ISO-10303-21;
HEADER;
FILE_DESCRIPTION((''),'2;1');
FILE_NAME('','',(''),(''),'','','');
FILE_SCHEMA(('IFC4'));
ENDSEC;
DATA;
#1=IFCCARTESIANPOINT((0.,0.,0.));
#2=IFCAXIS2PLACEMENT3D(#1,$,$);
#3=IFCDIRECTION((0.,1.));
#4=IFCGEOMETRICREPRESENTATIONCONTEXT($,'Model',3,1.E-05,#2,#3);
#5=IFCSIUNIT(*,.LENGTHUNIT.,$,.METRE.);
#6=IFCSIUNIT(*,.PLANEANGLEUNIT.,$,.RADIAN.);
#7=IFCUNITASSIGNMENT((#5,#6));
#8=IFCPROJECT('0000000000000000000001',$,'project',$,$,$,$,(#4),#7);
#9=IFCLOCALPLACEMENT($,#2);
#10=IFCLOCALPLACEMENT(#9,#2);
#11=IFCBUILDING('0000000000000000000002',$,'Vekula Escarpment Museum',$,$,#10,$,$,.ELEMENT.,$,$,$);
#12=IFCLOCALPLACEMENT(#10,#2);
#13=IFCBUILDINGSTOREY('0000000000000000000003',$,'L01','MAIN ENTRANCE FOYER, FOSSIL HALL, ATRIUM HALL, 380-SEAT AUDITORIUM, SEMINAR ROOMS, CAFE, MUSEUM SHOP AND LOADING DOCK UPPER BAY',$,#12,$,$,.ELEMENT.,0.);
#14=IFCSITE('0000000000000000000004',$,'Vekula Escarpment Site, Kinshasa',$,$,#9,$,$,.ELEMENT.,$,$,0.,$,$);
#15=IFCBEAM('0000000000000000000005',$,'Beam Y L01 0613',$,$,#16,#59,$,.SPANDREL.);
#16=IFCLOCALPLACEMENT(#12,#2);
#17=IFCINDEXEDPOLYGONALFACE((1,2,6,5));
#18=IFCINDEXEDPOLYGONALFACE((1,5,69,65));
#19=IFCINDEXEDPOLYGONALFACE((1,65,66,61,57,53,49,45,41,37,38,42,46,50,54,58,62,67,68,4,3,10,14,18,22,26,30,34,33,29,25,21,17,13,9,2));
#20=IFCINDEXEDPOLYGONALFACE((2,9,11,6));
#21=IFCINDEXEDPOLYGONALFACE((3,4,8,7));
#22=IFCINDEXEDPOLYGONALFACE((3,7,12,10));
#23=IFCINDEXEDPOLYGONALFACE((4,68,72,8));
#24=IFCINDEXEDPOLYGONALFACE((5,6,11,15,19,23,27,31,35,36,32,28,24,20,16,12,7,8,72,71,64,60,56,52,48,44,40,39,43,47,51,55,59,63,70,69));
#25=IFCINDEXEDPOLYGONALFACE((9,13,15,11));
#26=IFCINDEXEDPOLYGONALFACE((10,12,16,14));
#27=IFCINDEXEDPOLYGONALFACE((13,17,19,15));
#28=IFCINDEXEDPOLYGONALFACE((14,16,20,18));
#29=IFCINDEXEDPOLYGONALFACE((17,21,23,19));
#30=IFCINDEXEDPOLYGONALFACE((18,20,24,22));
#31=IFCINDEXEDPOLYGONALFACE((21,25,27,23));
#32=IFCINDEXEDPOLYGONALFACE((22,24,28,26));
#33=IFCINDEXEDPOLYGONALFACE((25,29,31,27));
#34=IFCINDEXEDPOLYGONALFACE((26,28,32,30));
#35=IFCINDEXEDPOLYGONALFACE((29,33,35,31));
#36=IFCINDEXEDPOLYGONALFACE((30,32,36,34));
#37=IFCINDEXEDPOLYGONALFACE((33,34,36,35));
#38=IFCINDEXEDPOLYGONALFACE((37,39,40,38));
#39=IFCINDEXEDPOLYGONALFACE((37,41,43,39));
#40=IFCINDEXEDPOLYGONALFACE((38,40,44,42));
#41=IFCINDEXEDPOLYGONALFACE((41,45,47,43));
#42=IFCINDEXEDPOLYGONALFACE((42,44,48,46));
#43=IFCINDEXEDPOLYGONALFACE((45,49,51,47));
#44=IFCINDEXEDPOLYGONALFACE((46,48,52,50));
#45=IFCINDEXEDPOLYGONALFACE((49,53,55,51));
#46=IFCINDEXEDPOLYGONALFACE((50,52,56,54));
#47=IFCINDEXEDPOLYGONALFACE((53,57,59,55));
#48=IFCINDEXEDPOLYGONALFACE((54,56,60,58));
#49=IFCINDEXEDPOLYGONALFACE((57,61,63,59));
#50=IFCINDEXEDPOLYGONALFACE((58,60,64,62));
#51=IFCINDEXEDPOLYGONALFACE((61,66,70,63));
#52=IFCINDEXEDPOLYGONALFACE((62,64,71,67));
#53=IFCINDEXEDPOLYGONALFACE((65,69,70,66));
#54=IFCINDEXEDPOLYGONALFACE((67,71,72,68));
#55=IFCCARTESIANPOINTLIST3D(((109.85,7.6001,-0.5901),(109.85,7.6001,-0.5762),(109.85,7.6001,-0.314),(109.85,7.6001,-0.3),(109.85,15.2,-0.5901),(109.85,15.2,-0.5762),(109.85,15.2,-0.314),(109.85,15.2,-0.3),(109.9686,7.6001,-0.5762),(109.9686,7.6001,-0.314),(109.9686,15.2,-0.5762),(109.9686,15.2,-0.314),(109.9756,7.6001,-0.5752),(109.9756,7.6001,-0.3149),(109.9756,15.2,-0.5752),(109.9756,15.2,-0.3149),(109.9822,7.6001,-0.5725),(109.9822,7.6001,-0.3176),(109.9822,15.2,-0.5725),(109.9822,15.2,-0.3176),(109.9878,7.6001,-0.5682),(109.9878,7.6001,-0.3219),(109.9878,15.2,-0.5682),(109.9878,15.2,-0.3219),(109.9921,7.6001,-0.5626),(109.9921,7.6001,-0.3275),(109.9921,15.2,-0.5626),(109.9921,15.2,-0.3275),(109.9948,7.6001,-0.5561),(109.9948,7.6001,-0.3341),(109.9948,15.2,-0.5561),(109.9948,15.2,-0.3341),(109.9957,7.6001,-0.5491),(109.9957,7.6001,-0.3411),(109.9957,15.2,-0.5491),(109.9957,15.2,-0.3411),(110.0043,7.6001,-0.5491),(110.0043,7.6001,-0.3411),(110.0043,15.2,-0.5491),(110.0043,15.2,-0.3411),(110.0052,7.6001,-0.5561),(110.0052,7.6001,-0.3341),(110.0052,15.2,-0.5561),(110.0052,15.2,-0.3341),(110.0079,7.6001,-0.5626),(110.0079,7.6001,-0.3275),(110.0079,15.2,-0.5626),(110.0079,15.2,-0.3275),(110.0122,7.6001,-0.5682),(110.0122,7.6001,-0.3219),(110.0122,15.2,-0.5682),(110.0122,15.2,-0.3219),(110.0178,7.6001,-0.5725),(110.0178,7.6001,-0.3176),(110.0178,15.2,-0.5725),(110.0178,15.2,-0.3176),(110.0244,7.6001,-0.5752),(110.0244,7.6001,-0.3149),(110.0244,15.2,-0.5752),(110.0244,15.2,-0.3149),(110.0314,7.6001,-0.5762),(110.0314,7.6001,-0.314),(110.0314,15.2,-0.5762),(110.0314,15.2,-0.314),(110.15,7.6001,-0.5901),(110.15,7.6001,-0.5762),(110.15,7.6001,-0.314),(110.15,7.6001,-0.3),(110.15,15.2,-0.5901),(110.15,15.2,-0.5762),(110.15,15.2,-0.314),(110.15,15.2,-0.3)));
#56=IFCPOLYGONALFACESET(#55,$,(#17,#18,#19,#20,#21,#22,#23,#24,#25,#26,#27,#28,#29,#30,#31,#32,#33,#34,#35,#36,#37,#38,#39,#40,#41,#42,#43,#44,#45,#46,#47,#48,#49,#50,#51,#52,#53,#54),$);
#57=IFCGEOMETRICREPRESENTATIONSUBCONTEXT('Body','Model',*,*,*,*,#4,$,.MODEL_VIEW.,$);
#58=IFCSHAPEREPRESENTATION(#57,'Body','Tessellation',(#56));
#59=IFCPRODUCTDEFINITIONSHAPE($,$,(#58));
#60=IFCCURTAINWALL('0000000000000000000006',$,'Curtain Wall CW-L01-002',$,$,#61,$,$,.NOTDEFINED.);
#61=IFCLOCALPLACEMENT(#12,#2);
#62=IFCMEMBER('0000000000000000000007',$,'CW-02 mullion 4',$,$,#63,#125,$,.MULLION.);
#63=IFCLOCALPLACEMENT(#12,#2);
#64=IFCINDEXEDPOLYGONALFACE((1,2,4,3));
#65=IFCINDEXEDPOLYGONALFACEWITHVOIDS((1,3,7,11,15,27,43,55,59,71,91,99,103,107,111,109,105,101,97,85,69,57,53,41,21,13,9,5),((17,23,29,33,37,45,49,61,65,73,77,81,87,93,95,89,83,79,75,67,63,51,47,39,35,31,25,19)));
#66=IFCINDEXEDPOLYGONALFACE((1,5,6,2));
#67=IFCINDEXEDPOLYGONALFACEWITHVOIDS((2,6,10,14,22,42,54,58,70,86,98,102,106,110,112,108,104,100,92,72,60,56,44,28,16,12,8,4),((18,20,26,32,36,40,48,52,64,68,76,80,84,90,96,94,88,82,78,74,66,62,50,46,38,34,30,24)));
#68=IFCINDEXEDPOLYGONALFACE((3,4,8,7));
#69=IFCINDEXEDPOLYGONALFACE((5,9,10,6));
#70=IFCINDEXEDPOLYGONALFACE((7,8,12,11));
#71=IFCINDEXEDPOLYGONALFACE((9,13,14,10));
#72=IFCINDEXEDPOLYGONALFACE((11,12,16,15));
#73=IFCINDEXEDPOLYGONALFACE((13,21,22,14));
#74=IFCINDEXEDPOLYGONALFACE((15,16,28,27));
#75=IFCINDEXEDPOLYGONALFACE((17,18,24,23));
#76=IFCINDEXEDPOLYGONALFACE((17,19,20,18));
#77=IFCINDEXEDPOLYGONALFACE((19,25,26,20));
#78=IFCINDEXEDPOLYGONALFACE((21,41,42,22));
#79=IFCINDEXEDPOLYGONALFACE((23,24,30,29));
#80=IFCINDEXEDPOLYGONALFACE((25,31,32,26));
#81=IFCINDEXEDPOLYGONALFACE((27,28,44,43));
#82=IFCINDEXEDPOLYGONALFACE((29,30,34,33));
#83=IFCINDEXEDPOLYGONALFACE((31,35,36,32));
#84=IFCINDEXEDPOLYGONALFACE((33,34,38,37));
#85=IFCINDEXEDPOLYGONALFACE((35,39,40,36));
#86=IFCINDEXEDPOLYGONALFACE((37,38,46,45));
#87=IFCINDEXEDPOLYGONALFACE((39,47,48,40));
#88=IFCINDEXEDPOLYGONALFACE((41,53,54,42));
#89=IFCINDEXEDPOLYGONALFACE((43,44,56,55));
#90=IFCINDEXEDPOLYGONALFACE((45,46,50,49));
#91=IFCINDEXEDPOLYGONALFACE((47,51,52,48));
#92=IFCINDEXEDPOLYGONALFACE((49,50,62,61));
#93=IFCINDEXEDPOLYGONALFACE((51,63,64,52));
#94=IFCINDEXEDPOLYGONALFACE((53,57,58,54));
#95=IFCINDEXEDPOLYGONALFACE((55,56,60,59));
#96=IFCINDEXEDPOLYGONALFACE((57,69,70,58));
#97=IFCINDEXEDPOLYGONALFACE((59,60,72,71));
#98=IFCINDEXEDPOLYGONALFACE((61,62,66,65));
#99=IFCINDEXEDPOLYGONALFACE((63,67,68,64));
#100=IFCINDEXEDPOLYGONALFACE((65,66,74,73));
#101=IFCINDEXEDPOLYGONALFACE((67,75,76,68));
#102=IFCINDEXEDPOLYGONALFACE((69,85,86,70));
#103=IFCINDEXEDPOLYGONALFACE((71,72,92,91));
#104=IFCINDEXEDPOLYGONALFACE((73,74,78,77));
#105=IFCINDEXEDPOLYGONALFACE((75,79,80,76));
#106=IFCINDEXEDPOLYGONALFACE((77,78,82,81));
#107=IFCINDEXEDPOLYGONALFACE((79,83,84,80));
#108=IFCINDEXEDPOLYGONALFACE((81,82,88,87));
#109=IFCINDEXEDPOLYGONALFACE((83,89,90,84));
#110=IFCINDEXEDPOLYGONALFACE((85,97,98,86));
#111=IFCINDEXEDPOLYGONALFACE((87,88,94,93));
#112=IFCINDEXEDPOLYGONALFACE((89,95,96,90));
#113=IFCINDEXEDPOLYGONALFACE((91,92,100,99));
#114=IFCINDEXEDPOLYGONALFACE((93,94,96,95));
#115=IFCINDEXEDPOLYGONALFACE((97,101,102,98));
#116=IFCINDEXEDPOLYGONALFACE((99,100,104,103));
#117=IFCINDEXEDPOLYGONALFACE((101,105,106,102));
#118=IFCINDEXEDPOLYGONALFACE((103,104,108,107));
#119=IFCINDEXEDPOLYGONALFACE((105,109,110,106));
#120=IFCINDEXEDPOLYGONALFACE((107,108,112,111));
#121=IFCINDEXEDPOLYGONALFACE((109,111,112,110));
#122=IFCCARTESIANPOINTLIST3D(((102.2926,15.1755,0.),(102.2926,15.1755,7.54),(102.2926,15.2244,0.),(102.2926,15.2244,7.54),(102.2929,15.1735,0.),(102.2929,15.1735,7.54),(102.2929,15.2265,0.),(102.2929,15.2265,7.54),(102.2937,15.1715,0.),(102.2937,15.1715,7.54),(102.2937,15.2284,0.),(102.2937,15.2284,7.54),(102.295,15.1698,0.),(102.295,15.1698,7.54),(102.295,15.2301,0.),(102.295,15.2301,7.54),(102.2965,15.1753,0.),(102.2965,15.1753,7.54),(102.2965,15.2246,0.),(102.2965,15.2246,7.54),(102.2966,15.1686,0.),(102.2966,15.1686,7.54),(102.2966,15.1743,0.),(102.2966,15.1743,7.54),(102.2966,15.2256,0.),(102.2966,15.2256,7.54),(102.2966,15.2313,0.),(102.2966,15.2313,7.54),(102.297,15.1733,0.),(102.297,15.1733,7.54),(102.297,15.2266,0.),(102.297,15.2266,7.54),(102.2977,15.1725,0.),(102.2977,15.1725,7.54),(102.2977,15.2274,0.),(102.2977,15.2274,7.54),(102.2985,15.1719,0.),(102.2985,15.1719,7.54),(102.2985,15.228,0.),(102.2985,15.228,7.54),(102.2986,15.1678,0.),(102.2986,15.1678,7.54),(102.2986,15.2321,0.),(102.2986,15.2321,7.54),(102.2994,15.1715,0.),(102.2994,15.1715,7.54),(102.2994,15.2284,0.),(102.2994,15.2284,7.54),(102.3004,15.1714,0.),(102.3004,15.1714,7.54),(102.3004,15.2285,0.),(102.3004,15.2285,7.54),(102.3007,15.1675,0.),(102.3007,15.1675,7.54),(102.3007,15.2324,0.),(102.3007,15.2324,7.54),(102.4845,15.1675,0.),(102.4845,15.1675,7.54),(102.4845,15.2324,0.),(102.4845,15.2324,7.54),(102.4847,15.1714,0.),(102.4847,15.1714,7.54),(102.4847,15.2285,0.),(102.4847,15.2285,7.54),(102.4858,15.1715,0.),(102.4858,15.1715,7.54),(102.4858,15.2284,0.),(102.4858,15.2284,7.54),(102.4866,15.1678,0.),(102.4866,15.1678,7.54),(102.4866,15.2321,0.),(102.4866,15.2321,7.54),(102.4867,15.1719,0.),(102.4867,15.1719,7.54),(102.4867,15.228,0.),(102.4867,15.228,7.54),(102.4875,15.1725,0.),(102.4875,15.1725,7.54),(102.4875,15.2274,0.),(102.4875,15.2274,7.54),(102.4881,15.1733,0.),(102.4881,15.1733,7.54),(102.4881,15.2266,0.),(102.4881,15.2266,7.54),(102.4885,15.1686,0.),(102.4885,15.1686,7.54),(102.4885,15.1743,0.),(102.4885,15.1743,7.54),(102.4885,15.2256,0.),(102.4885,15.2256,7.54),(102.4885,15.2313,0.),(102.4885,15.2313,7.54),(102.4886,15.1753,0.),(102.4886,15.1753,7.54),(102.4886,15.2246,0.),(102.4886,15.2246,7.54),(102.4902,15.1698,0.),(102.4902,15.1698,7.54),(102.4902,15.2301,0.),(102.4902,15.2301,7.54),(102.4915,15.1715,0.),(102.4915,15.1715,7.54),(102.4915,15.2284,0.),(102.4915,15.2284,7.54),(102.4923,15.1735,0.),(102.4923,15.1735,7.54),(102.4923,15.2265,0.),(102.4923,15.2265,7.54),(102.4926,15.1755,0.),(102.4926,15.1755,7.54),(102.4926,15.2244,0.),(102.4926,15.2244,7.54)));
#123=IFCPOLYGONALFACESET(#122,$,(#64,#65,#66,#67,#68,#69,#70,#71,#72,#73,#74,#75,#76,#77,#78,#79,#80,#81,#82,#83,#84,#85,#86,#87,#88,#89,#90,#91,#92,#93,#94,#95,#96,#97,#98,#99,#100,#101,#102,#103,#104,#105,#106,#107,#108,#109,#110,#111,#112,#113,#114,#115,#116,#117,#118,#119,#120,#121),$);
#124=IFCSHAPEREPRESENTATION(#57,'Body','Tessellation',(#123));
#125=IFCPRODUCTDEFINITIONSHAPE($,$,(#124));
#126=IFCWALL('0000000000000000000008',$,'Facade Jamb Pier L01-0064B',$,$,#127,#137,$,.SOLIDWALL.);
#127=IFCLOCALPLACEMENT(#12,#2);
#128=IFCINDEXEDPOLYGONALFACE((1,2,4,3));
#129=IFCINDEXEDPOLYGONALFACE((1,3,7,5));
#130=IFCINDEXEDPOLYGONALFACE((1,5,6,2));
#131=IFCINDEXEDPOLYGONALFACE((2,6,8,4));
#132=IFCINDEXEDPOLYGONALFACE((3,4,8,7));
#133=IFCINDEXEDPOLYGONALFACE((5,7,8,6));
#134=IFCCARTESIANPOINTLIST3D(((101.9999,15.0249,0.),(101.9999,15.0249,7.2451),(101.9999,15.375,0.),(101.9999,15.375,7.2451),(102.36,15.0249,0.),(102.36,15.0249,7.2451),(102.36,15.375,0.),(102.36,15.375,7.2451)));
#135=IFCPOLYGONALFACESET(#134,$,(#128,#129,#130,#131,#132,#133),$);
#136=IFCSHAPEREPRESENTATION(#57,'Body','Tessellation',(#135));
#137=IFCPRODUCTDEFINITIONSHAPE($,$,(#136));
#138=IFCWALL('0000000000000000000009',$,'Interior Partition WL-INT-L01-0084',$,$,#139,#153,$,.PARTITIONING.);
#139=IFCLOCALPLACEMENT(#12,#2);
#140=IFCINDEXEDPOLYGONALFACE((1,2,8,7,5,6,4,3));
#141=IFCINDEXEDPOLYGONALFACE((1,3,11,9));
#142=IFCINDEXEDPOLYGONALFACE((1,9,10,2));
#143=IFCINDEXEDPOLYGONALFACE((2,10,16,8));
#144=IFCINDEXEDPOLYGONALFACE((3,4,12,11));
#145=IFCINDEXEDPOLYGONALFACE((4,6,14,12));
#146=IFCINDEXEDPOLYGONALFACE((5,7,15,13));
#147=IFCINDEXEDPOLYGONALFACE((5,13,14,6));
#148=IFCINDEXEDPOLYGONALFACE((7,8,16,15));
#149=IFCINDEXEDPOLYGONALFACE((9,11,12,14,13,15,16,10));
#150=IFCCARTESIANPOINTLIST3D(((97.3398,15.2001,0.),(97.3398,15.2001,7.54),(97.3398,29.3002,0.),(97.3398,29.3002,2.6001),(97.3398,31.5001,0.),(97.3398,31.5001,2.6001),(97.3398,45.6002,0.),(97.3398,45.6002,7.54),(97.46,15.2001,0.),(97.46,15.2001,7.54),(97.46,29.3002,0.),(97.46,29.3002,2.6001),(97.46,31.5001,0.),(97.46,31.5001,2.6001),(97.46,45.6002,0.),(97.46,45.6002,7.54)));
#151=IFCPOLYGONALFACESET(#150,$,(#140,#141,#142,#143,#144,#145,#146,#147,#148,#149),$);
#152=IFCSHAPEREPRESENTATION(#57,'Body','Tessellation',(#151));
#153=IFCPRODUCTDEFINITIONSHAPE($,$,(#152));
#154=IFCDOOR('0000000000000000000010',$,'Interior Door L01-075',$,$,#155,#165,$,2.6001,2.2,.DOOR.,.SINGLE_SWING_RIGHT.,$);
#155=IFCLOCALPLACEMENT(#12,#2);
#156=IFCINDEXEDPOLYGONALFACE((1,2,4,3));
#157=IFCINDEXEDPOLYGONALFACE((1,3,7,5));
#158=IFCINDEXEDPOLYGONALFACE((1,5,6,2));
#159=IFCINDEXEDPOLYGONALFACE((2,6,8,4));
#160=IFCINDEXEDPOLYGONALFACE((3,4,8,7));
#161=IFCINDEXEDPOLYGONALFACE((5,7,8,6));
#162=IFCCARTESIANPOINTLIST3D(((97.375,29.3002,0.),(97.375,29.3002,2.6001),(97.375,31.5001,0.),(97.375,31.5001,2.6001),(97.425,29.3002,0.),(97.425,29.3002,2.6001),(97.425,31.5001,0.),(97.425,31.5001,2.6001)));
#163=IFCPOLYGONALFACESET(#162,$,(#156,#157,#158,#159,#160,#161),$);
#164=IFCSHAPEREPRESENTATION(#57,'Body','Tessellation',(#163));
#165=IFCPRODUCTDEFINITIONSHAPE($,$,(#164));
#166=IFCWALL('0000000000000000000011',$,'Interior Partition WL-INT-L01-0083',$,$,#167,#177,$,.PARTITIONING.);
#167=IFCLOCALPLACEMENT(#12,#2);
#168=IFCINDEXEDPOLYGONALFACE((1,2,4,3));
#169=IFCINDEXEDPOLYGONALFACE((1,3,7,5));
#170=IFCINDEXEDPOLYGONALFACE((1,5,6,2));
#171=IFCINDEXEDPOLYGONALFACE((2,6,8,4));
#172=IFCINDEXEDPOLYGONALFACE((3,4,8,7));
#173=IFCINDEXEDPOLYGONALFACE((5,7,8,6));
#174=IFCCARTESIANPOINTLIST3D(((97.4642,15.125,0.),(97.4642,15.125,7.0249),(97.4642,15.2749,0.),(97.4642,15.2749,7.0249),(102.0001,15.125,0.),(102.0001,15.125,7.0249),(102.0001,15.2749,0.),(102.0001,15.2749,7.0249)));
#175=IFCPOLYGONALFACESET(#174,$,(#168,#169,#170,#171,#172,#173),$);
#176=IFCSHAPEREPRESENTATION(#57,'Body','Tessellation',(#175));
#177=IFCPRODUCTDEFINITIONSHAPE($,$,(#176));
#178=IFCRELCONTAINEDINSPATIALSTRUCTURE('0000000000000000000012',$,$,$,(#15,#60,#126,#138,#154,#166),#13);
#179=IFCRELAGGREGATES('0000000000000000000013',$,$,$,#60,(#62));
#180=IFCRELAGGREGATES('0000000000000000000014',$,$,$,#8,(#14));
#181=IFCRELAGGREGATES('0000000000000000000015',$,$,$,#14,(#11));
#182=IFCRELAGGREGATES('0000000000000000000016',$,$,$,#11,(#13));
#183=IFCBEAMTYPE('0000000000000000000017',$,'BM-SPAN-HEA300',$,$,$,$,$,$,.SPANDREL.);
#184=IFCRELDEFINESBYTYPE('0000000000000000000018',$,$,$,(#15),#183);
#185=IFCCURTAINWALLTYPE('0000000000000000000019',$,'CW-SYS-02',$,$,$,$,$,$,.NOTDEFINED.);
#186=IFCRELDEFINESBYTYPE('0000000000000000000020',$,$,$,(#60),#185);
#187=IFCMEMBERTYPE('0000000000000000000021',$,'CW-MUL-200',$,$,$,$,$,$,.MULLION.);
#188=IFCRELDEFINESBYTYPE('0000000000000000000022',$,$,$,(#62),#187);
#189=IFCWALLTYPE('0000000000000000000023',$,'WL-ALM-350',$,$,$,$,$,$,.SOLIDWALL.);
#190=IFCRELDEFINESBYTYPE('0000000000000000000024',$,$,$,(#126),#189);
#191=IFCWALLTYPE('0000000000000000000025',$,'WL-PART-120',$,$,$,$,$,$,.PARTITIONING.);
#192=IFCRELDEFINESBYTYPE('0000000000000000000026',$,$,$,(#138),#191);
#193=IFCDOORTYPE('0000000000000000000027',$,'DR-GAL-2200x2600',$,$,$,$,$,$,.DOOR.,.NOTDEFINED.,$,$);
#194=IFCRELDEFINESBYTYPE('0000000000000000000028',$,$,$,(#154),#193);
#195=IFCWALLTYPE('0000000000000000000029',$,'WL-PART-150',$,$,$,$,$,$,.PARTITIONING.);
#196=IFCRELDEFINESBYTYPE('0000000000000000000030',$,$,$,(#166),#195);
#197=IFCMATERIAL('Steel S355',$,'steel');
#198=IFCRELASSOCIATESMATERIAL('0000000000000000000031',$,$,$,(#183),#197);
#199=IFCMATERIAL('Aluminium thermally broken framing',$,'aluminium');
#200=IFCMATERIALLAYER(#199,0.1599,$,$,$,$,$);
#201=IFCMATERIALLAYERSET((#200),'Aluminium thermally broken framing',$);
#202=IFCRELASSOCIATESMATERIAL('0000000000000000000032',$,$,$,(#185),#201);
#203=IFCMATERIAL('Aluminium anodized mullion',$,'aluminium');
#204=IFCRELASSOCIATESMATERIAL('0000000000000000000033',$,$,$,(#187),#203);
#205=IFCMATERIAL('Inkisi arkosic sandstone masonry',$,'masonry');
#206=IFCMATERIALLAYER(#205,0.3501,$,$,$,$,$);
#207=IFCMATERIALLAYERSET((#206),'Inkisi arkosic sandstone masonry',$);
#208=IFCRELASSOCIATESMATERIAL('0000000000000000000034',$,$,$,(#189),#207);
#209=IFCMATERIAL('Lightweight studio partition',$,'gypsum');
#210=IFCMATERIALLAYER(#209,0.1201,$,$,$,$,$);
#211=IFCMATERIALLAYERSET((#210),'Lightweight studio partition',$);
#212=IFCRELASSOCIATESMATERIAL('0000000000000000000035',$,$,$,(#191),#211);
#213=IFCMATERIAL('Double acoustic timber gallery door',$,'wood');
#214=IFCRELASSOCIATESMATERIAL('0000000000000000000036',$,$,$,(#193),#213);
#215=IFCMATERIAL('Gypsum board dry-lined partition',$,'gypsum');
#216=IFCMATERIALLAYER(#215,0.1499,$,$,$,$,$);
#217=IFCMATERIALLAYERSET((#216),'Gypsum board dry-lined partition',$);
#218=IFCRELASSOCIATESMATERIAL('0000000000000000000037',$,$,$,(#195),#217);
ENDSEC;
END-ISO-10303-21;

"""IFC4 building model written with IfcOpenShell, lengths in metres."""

from ifc_helpers import new_model, si_unit, direction, frame, frame_2d, origin, origin_2d, place, context, subcontext, project, spatial, rectangle, hollow_rectangle, i_section, extrude, material, layer, layer_set, material_profile, profile_set, type_object, element, fill, aggregate, save


model = new_model("IFC4")

# Units and contexts
model_context = context("Model", 3, precision=1e-05, world=origin(), true_north=direction((0.0, 1.0)))
body_context = subcontext(model_context, "Body", "Model", "MODEL_VIEW")
ifc_project = project(units=[si_unit("LENGTHUNIT", "METRE"), si_unit("PLANEANGLEUNIT", "RADIAN")], contexts=[model_context])

# Site, building, storey
site_placement = place(None, origin())
site = spatial("IfcSite", under=ifc_project, at=site_placement, Name="Vekula Escarpment Site, Kinshasa", CompositionType="ELEMENT", RefElevation=0.0)
building_placement = place(site_placement, origin())
building = spatial("IfcBuilding", under=site, at=building_placement, Name="Vekula Escarpment Museum", CompositionType="ELEMENT")
storey_placement = place(building_placement, origin())
storey = spatial("IfcBuildingStorey", under=building, at=storey_placement, Name="L01", Description="MAIN ENTRANCE FOYER, FOSSIL HALL, ATRIUM HALL, 380-SEAT AUDITORIUM, SEMINAR ROOMS, CAFE, MUSEUM SHOP AND LOADING DOCK UPPER BAY", CompositionType="ELEMENT", Elevation=0.0)

# Beam
ifc_material_1 = material(Name="Steel S355", Category="steel")
ifc_material_profile_1 = material_profile(ifc_material_1, i_section(OverallWidth=0.3, OverallDepth=0.29, WebThickness=0.0085, FlangeThickness=0.0139, FilletRadius=0.0271, at=origin_2d()), Name="HEA 300")
ifc_profile_set_1 = profile_set([ifc_material_profile_1], Name="Steel S355")
beam_type_1 = type_object("IfcBeamType", Name="BM-SPAN-HEA300", PredefinedType="SPANDREL", material=ifc_profile_set_1)
beam_1_placement = place(storey_placement, frame((110.0, 7.6001, -0.4451), z_axis=(0.0, 1.0, 0.0), x_axis=(-1.0, 0.0, 0.0)))
element("IfcBeam", 1, at=beam_1_placement, inside=storey, type_object=beam_type_1, Name="Beam Y L01 0613", PredefinedType="SPANDREL", context=body_context, shape_type="SweptSolid", body=[
    extrude(i_section(OverallWidth=0.3, OverallDepth=0.29, WebThickness=0.0085, FlangeThickness=0.0139, FilletRadius=0.0271, at=origin_2d()), origin(), (0.0, 0.0, 1.0), 7.5999),
])

# Curtain wall, member
ifc_material_2 = material(Name="Aluminium thermally broken framing", Category="aluminium")
ifc_layer_1 = layer(ifc_material_2, 0.1599)
ifc_layer_set_1 = layer_set([ifc_layer_1], Name="Aluminium thermally broken framing")
curtain_wall_type = type_object("IfcCurtainWallType", Name="CW-SYS-02", PredefinedType="NOTDEFINED", material=ifc_layer_set_1)
curtain_wall_placement = place(storey_placement, origin())
curtain_wall = element("IfcCurtainWall", 2, at=curtain_wall_placement, inside=storey, type_object=curtain_wall_type, Name="Curtain Wall CW-L01-002", PredefinedType="NOTDEFINED")
ifc_material_3 = material(Name="Aluminium anodized mullion", Category="aluminium")
ifc_material_profile_2 = material_profile(ifc_material_3, hollow_rectangle(XDim=0.0649, YDim=0.2, WallThickness=0.0039, InnerFilletRadius=0.0039, OuterFilletRadius=0.0081, at=origin_2d()), Name="ALU 200x65x4")
ifc_profile_set_2 = profile_set([ifc_material_profile_2], Name="Aluminium anodized mullion")
member_type = type_object("IfcMemberType", Name="CW-MUL-200", PredefinedType="MULLION", material=ifc_profile_set_2)
member_placement = place(storey_placement, frame((102.3926, 15.2, 0.0), z_axis=(0.0, 0.0, 1.0), x_axis=(0.0, -1.0, 0.0)))
member = element("IfcMember", 3, at=member_placement, type_object=member_type, Name="CW-02 mullion 4", PredefinedType="MULLION", context=body_context, shape_type="SweptSolid", body=[
    extrude(hollow_rectangle(XDim=0.0649, YDim=0.2, WallThickness=0.0039, InnerFilletRadius=0.0039, OuterFilletRadius=0.0081, at=origin_2d()), origin(), (0.0, 0.0, 1.0), 7.54),
])
aggregate(curtain_wall, [member])

# Wall
ifc_material_4 = material(Name="Inkisi arkosic sandstone masonry", Category="masonry")
ifc_layer_2 = layer(ifc_material_4, 0.3501)
ifc_layer_set_2 = layer_set([ifc_layer_2], Name="Inkisi arkosic sandstone masonry")
wall_type_1 = type_object("IfcWallType", Name="WL-ALM-350", PredefinedType="SOLIDWALL", material=ifc_layer_set_2)
wall_1_placement = place(storey_placement, frame((102.3601, 15.2, 0.0), z_axis=(0.0, 0.0, 1.0), x_axis=(-1.0, 0.0, 0.0)))
element("IfcWall", 4, at=wall_1_placement, inside=storey, type_object=wall_type_1, Name="Facade Jamb Pier L01-0064B", PredefinedType="SOLIDWALL", context=body_context, shape_type="SweptSolid", body=[
    extrude(rectangle(XDim=0.3601, YDim=0.3501, at=frame_2d((0.1802, 0.0))), origin(), (0.0, 0.0, 1.0), 7.2451),
])

# Wall, opening, door
ifc_material_5 = material(Name="Lightweight studio partition", Category="gypsum")
ifc_layer_3 = layer(ifc_material_5, 0.1201)
ifc_layer_set_3 = layer_set([ifc_layer_3], Name="Lightweight studio partition")
wall_type_2 = type_object("IfcWallType", Name="WL-PART-120", PredefinedType="PARTITIONING", material=ifc_layer_set_3)
wall_2_placement = place(storey_placement, frame((97.3999, 15.2, 0.0), z_axis=(0.0, 0.0, 1.0), x_axis=(0.0, 1.0, 0.0)))
wall_2 = element("IfcWall", 5, at=wall_2_placement, inside=storey, type_object=wall_type_2, Name="Interior Partition WL-INT-L01-0084", PredefinedType="PARTITIONING", context=body_context, shape_type="SweptSolid", body=[
    extrude(rectangle(XDim=30.4001, YDim=0.1201, at=frame_2d((15.2002, 0.0))), origin(), (0.0, 0.0, 1.0), 7.54),
])
opening_placement = place(wall_2_placement, frame((14.1001, 0.0, 0.0)))
opening = element("IfcOpeningElement", 6, at=opening_placement, cuts=wall_2, PredefinedType="OPENING", context=body_context, shape_type="SweptSolid", body=[
    extrude(rectangle(XDim=2.2, YDim=2.6001, at=frame_2d((1.1001, 1.3))), frame((0.0, 0.0701, 0.0), z_axis=(0.0, -1.0, 0.0), x_axis=(1.0, 0.0, 0.0)), (0.0, 0.0, 1.0), 0.1401),
])
ifc_material_6 = material(Name="Double acoustic timber gallery door", Category="wood")
door_type = type_object("IfcDoorType", Name="DR-GAL-2200x2600", OperationType="NOTDEFINED", PredefinedType="DOOR", material=ifc_material_6)
door_placement = place(opening_placement, origin())
door = element("IfcDoor", 7, at=door_placement, inside=storey, type_object=door_type, Name="Interior Door L01-075", OperationType="SINGLE_SWING_RIGHT", OverallHeight=2.6001, OverallWidth=2.2, PredefinedType="DOOR", context=body_context, shape_type="SweptSolid", body=[
    extrude(rectangle(XDim=2.2, YDim=2.6001, at=frame_2d((1.1001, 1.3))), frame((0.0, 0.0249, 0.0), z_axis=(0.0, -1.0, 0.0), x_axis=(1.0, 0.0, 0.0)), (0.0, 0.0, 1.0), 0.05),
])
fill(opening, door)

# Wall
ifc_material_7 = material(Name="Gypsum board dry-lined partition", Category="gypsum")
ifc_layer_4 = layer(ifc_material_7, 0.1499)
ifc_layer_set_4 = layer_set([ifc_layer_4], Name="Gypsum board dry-lined partition")
wall_type_3 = type_object("IfcWallType", Name="WL-PART-150", PredefinedType="PARTITIONING", material=ifc_layer_set_4)
wall_3_placement = place(storey_placement, frame((97.4641, 15.2, 0.0), z_axis=(0.0, 0.0, 1.0), x_axis=(1.0, 0.0, 0.0)))
element("IfcWall", 8, at=wall_3_placement, inside=storey, type_object=wall_type_3, Name="Interior Partition WL-INT-L01-0083", PredefinedType="PARTITIONING", context=body_context, shape_type="SweptSolid", body=[
    extrude(rectangle(XDim=4.5359, YDim=0.1499, at=frame_2d((2.2681, 0.0))), origin(), (0.0, 0.0, 1.0), 7.0249),
])

save(model, "model.ifc")
